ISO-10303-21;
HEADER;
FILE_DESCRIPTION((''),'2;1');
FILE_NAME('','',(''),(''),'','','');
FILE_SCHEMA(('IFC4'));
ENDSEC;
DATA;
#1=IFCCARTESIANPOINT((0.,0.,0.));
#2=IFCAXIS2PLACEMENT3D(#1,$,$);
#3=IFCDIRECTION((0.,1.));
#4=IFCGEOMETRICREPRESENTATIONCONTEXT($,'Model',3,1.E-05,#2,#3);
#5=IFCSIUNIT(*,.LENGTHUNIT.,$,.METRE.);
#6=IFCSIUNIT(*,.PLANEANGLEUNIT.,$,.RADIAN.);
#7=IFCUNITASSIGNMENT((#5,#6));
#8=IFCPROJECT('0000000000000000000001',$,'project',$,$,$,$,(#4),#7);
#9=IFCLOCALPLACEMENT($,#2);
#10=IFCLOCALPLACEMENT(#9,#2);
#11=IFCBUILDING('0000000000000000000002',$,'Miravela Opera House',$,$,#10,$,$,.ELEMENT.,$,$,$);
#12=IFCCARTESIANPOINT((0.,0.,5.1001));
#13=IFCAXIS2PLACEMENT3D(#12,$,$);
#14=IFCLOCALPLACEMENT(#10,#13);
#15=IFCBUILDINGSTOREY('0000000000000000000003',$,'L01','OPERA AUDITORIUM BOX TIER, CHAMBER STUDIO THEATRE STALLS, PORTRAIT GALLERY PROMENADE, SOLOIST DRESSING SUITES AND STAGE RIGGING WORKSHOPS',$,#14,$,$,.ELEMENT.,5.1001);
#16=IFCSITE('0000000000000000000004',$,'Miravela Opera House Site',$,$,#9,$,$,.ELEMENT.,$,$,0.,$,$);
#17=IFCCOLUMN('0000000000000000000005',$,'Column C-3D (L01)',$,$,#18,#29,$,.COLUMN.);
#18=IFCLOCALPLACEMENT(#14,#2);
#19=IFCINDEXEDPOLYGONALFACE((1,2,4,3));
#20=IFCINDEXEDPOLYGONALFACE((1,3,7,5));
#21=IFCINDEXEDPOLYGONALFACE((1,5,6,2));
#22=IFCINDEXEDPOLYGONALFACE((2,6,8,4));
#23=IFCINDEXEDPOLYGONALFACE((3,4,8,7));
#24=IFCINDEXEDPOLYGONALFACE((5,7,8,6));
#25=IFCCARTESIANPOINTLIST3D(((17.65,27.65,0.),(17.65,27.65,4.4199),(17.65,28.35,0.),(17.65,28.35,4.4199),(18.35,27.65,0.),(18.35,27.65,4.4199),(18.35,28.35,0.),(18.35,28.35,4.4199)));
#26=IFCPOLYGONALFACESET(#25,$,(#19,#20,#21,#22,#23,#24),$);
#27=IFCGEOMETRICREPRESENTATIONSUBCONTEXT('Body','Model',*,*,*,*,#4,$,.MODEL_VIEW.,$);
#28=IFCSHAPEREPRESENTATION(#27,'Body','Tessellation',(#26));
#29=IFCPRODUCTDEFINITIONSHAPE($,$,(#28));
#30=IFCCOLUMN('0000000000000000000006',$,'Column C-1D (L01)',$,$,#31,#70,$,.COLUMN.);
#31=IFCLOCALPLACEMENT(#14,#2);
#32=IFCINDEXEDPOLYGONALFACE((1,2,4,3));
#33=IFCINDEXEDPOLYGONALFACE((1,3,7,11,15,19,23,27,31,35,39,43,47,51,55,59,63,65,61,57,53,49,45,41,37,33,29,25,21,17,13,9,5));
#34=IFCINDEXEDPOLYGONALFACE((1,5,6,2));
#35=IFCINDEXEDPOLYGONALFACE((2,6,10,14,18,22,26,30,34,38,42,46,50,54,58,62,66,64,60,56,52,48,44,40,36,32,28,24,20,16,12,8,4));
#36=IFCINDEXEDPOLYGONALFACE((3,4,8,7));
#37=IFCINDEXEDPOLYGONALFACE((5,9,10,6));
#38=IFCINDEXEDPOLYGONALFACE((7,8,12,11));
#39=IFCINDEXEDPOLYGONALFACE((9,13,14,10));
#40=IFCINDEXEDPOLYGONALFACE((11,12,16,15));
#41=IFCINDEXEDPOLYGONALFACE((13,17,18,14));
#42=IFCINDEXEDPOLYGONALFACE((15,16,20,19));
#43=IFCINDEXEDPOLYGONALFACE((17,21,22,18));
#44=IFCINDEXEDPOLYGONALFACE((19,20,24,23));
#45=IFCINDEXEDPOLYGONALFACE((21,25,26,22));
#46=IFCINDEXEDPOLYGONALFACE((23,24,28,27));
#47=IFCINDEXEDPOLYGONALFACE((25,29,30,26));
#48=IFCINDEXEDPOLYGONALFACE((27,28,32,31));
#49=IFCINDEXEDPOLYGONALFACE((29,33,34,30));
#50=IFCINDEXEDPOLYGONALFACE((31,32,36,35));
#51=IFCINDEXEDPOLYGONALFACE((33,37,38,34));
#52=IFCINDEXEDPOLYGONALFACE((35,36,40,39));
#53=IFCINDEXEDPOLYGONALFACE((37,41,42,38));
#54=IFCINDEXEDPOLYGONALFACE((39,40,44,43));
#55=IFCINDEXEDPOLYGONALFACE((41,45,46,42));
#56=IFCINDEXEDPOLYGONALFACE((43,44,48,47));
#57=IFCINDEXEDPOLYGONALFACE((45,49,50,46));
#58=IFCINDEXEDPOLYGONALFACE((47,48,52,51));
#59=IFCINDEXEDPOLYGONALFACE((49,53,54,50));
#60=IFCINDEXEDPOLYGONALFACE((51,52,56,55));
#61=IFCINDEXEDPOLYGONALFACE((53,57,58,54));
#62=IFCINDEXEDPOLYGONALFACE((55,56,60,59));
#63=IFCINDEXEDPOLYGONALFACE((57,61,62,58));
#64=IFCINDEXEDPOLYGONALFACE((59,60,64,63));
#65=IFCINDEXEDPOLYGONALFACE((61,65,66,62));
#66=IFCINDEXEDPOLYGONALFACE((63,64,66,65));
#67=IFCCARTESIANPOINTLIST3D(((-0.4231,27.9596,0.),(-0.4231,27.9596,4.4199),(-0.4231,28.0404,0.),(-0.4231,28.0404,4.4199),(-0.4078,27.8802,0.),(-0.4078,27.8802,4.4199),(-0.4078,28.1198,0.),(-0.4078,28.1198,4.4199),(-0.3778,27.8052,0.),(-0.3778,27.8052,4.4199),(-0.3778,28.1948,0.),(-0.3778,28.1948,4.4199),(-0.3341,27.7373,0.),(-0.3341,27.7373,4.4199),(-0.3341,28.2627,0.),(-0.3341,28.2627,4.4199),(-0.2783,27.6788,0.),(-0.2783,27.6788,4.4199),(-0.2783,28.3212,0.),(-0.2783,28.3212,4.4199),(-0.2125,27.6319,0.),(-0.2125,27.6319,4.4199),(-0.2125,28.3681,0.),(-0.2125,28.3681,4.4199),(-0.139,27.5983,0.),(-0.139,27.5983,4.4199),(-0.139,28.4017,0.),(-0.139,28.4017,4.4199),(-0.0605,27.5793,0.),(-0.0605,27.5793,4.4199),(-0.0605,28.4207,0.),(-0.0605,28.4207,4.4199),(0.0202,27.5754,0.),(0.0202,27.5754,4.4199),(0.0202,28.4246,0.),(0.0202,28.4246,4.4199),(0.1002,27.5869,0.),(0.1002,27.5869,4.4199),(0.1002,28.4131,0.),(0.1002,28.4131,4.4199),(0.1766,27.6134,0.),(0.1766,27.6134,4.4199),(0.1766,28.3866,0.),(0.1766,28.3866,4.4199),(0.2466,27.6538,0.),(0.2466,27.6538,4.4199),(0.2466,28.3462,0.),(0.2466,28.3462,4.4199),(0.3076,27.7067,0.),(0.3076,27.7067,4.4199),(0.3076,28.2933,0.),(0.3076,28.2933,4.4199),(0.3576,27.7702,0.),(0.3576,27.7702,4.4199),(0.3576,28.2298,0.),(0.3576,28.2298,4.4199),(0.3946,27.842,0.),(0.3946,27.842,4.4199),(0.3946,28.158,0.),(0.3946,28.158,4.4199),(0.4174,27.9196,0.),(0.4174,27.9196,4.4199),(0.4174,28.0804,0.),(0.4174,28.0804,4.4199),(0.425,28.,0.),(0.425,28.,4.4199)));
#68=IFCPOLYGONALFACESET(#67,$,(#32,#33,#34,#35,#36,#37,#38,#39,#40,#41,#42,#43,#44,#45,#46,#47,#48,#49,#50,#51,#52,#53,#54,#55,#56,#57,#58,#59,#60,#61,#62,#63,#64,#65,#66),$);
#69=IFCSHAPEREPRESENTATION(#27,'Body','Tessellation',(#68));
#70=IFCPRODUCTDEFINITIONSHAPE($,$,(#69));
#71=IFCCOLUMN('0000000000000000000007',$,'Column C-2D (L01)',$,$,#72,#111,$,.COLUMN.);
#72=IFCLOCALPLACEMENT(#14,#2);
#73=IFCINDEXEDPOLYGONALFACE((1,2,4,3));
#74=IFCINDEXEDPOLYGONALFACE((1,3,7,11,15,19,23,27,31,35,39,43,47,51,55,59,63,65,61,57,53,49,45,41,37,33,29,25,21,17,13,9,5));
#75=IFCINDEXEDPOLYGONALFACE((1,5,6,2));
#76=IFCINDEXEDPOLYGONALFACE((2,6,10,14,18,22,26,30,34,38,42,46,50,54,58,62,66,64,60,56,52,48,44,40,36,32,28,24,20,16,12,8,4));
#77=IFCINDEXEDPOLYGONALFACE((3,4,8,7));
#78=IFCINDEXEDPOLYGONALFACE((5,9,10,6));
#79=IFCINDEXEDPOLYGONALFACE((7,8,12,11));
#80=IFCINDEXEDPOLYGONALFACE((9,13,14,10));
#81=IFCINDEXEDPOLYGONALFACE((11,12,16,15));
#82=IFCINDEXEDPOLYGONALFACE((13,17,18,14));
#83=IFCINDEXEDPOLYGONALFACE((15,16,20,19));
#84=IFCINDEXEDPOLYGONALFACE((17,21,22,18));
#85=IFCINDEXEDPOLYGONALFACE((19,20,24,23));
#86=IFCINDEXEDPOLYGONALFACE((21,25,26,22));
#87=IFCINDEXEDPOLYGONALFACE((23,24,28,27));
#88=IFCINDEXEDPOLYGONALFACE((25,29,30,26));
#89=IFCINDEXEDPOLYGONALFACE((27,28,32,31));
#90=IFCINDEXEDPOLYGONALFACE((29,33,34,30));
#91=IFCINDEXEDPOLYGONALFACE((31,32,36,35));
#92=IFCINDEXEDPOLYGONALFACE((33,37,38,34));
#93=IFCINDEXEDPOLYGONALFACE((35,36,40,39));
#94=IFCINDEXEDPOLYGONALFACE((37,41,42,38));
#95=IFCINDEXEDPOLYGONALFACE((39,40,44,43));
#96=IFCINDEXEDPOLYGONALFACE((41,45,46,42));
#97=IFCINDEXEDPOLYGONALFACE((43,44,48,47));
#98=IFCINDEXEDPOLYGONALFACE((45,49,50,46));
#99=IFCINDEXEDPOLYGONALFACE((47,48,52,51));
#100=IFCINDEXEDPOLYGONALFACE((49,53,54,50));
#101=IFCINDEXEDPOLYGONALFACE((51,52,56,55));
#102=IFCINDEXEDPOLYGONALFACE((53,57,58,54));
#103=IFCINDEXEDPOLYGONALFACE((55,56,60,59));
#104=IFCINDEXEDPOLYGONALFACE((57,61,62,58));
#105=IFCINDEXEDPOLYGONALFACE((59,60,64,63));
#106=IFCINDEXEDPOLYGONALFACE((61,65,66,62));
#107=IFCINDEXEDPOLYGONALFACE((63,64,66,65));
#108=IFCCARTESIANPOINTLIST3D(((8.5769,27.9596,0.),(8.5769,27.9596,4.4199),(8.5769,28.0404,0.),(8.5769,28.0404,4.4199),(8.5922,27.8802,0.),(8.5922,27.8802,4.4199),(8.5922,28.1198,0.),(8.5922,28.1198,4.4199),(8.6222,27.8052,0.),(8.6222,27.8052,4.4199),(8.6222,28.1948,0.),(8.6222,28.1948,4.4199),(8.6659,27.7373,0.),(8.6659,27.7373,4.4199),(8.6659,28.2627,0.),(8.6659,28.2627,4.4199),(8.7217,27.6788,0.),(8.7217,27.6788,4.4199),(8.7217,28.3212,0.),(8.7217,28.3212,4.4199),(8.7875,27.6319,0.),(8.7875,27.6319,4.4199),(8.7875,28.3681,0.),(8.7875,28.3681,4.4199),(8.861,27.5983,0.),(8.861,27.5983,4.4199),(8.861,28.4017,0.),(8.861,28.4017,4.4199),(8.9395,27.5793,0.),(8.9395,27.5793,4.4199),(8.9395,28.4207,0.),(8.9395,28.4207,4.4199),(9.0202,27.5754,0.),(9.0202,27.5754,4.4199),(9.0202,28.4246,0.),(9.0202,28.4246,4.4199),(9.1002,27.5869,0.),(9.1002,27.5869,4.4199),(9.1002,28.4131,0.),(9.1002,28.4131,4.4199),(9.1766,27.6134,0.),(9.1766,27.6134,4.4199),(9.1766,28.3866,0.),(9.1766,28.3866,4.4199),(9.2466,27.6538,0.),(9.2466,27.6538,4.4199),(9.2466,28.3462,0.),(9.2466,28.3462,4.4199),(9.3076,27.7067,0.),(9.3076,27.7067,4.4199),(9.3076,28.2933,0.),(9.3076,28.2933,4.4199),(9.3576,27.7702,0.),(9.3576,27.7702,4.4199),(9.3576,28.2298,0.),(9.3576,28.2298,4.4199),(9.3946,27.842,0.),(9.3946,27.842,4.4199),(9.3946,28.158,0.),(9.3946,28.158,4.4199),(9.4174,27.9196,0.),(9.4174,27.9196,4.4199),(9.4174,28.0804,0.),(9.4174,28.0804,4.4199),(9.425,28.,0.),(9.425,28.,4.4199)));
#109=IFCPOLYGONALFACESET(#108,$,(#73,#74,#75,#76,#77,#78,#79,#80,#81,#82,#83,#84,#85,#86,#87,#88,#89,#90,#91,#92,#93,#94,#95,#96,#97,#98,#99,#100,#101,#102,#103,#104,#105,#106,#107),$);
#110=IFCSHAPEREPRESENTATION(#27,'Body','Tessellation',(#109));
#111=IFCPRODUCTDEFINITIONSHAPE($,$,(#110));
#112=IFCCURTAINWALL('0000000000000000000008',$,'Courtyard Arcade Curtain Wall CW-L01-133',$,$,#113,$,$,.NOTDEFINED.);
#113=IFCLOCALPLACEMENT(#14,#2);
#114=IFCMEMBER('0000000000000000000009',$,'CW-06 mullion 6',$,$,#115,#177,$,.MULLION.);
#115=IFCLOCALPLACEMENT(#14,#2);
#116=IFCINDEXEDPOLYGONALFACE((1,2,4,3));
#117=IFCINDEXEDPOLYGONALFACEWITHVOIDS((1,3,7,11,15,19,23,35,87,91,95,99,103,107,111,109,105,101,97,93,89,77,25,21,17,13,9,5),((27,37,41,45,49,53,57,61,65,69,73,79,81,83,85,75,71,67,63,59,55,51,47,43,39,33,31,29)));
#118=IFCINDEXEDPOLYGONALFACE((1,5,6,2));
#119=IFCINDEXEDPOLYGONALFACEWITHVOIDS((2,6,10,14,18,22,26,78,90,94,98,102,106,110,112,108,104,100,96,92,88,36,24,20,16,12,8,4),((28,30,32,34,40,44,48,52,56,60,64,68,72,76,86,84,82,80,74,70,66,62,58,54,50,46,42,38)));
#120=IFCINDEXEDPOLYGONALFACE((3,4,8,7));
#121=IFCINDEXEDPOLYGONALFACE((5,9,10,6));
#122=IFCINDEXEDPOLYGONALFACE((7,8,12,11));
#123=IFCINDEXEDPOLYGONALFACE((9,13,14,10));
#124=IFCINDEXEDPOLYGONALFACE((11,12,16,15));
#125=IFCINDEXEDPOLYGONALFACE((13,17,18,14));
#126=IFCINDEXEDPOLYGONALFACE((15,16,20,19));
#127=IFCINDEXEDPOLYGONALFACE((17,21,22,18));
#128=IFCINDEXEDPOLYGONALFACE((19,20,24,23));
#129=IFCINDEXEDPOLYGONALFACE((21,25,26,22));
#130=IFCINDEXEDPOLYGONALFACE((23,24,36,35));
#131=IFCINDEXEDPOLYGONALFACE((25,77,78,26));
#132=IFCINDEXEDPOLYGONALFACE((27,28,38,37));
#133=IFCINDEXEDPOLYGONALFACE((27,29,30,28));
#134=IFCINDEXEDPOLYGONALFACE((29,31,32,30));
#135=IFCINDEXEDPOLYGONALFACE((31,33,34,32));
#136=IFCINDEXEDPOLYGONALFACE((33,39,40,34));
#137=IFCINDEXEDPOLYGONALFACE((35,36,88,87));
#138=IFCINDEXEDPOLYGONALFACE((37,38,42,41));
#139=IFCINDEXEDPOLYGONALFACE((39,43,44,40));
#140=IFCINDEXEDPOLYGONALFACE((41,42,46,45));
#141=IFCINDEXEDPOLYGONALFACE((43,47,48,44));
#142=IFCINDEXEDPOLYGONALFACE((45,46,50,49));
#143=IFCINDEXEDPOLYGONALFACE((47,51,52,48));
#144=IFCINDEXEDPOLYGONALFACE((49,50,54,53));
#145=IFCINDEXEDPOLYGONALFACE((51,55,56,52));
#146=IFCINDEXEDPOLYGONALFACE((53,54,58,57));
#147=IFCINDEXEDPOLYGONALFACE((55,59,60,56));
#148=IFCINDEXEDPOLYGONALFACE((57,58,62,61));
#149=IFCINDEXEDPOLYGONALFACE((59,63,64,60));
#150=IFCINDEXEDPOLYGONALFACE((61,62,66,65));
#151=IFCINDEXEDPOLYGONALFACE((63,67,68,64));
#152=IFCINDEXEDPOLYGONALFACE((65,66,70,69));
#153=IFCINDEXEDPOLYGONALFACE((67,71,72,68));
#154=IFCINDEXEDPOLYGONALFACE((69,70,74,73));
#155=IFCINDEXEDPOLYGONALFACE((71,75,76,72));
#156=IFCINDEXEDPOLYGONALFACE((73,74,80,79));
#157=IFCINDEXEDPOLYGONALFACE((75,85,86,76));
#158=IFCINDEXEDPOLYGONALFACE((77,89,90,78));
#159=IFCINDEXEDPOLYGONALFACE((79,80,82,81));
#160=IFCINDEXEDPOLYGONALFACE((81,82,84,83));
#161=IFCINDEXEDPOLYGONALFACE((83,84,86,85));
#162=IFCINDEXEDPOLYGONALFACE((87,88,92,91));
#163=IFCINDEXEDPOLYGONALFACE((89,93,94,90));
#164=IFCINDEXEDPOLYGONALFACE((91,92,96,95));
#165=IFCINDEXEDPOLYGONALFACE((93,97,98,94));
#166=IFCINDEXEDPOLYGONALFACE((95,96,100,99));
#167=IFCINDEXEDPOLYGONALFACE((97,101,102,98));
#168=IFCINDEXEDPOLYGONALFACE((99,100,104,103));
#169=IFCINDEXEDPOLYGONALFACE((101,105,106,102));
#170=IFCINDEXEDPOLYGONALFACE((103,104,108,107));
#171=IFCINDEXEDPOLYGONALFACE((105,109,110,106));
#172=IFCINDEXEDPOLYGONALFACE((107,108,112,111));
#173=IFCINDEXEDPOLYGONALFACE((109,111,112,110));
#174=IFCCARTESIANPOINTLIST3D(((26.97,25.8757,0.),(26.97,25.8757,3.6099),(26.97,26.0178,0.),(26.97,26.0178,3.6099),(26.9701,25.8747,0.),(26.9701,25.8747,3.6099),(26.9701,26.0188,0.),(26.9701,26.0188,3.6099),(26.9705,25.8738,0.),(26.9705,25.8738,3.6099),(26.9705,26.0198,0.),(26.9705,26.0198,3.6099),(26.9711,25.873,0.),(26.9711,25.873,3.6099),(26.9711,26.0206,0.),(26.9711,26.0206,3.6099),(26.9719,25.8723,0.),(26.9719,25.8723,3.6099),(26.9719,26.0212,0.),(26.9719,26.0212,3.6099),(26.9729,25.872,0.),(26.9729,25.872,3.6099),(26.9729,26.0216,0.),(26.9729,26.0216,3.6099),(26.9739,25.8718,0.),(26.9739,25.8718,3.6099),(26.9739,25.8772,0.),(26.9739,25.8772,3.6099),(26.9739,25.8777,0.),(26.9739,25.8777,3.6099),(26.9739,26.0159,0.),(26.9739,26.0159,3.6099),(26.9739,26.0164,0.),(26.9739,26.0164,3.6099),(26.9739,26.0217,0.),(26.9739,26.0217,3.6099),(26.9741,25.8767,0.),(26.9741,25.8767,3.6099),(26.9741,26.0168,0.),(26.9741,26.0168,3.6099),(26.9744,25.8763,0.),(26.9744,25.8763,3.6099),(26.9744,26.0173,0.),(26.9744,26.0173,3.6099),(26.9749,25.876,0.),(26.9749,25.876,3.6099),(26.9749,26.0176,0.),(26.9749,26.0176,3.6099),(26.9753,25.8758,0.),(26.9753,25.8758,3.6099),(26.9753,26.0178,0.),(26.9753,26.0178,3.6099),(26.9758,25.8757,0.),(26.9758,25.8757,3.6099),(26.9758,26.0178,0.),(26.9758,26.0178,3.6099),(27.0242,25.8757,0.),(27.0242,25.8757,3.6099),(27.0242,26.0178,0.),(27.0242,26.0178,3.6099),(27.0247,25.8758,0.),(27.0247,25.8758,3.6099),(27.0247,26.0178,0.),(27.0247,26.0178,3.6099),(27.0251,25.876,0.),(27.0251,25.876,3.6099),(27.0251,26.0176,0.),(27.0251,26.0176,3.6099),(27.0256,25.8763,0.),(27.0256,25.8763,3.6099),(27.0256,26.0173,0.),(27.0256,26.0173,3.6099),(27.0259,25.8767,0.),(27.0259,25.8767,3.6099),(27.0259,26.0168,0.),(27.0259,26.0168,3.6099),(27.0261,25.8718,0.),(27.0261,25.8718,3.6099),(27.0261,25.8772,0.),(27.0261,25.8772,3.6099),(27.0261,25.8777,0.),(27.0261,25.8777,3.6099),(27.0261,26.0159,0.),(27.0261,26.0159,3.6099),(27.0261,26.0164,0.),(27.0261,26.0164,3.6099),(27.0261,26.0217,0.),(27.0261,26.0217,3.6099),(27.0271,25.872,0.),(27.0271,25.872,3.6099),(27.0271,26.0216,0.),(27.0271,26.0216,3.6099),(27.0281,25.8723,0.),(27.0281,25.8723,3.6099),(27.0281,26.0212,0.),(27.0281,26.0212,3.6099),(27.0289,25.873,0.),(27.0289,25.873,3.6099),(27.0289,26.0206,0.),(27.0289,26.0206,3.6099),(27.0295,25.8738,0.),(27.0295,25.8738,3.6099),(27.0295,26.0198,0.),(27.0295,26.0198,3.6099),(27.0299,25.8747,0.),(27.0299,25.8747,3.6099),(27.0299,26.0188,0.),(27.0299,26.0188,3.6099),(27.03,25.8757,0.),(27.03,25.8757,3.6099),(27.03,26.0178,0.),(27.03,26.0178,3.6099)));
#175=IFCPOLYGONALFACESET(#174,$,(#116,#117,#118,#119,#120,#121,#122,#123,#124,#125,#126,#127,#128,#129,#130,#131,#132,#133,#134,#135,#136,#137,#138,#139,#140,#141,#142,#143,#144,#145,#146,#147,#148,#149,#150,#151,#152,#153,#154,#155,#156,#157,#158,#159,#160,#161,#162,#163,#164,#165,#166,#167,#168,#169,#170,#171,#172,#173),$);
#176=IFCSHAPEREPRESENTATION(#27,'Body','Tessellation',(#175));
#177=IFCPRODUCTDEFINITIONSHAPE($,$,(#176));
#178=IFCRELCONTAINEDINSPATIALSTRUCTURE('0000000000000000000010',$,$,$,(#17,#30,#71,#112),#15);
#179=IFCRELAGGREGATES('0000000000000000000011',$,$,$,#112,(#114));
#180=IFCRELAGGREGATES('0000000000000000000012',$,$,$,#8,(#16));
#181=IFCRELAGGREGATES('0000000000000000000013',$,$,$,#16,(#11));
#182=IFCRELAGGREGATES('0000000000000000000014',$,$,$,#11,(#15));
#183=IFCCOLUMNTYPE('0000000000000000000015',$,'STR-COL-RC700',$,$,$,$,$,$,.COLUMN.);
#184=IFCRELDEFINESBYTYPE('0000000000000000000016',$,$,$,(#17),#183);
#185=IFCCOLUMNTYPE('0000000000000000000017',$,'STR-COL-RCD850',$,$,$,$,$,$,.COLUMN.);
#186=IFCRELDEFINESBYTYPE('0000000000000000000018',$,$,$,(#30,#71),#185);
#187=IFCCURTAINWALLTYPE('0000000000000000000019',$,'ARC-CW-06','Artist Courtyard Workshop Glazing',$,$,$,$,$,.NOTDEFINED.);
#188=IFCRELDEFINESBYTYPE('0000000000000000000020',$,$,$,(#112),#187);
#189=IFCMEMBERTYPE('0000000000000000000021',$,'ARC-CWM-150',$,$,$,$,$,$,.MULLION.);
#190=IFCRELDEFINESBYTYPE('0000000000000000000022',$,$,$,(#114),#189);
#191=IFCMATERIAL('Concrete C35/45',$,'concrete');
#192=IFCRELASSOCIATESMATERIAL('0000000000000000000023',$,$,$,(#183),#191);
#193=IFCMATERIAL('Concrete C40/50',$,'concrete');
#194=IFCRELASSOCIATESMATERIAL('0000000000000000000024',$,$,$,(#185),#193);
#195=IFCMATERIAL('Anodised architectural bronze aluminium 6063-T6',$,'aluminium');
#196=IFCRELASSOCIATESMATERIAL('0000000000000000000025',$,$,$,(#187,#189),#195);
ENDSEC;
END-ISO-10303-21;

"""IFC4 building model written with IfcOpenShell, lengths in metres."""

from ifc_helpers import new_model, si_unit, direction, frame, origin, origin_2d, place, context, subcontext, project, spatial, rectangle, hollow_rectangle, circle, extrude, material, material_profile, profile_set, type_object, element, aggregate, save


model = new_model("IFC4")

# Units and contexts
model_context = context("Model", 3, precision=1e-05, world=origin(), true_north=direction((0.0, 1.0)))
body_context = subcontext(model_context, "Body", "Model", "MODEL_VIEW")
ifc_project = project(units=[si_unit("LENGTHUNIT", "METRE"), si_unit("PLANEANGLEUNIT", "RADIAN")], contexts=[model_context])

# Site, building, storey
site_placement = place(None, origin())
site = spatial("IfcSite", under=ifc_project, at=site_placement, Name="Miravela Opera House Site", CompositionType="ELEMENT", RefElevation=0.0)
building_placement = place(site_placement, origin())
building = spatial("IfcBuilding", under=site, at=building_placement, Name="Miravela Opera House", CompositionType="ELEMENT")
storey_placement = place(building_placement, frame((0.0, 0.0, 5.1001)))
storey = spatial("IfcBuildingStorey", under=building, at=storey_placement, Name="L01", Description="OPERA AUDITORIUM BOX TIER, CHAMBER STUDIO THEATRE STALLS, PORTRAIT GALLERY PROMENADE, SOLOIST DRESSING SUITES AND STAGE RIGGING WORKSHOPS", CompositionType="ELEMENT", Elevation=5.1001)

# Columns
ifc_material_1 = material(Name="Concrete C35/45", Category="concrete")
ifc_material_profile_1 = material_profile(ifc_material_1, rectangle(XDim=0.7, YDim=0.7, at=origin_2d()), Name="RC-COL-700X700")
ifc_profile_set_1 = profile_set([ifc_material_profile_1])
column_type_1 = type_object("IfcColumnType", Name="STR-COL-RC700", PredefinedType="COLUMN", material=ifc_profile_set_1)
column_placement = place(storey_placement, frame((18.0, 28.0, 0.0), z_axis=(0.0, 0.0, 1.0), x_axis=(1.0, 0.0, 0.0)))
element("IfcColumn", 1, at=column_placement, inside=storey, type_object=column_type_1, Name="Column C-3D (L01)", PredefinedType="COLUMN", context=body_context, shape_type="SweptSolid", body=[
    extrude(rectangle(XDim=0.7, YDim=0.7, at=origin_2d()), origin(), (0.0, 0.0, 1.0), 4.4199),
])
ifc_material_2 = material(Name="Concrete C40/50", Category="concrete")
ifc_material_profile_2 = material_profile(ifc_material_2, circle(Radius=0.425, at=origin_2d()), Name="RC-COL-D850")
ifc_profile_set_2 = profile_set([ifc_material_profile_2])
column_type_2 = type_object("IfcColumnType", Name="STR-COL-RCD850", PredefinedType="COLUMN", material=ifc_profile_set_2)
for number, where, z_axis, x_axis, name in (
    (2, (0.0, 28.0, 0.0), (0.0, 0.0, 1.0), (1.0, 0.0, 0.0), "Column C-1D (L01)"),
    (3, (9.0, 28.0, 0.0), (0.0, 0.0, 1.0), (1.0, 0.0, 0.0), "Column C-2D (L01)"),
):
    element("IfcColumn", number, at=place(storey_placement, frame(where, z_axis=z_axis, x_axis=x_axis)), inside=storey, type_object=column_type_2, Name=name, PredefinedType="COLUMN", context=body_context, shape_type="SweptSolid", body=[
        extrude(circle(Radius=0.425, at=origin_2d()), origin(), (0.0, 0.0, 1.0), 4.4199),
    ])

# Curtain wall, member
ifc_material_3 = material(Name="Anodised architectural bronze aluminium 6063-T6", Category="aluminium")
curtain_wall_type_1 = type_object("IfcCurtainWallType", Name="ARC-CW-06", Description="Artist Courtyard Workshop Glazing", PredefinedType="NOTDEFINED", material=ifc_material_3)
curtain_wall_1_placement = place(storey_placement, origin())
curtain_wall_1 = element("IfcCurtainWall", 4, at=curtain_wall_1_placement, inside=storey, type_object=curtain_wall_type_1, Name="Courtyard Arcade Curtain Wall CW-L01-133", PredefinedType="NOTDEFINED")
ifc_material_profile_3 = material_profile(ifc_material_3, hollow_rectangle(XDim=0.0601, YDim=0.1499, WallThickness=0.0039, InnerFilletRadius=0.002, OuterFilletRadius=0.0039, at=origin_2d()), Name="CWM-60X150")
ifc_profile_set_3 = profile_set([ifc_material_profile_3])
member_type_1 = type_object("IfcMemberType", Name="ARC-CWM-150", PredefinedType="MULLION", material=ifc_profile_set_3)
member_1_placement = place(storey_placement, frame((27.0, 25.9468, 0.0), z_axis=(0.0, 0.0, 1.0), x_axis=(-1.0, 0.0, 0.0)))
member_1 = element("IfcMember", 5, at=member_1_placement, type_object=member_type_1, Name="CW-06 mullion 6", PredefinedType="MULLION", context=body_context, shape_type="SweptSolid", body=[
    extrude(hollow_rectangle(XDim=0.0601, YDim=0.1499, WallThickness=0.0039, InnerFilletRadius=0.002, OuterFilletRadius=0.0039, at=origin_2d()), origin(), (0.0, 0.0, 1.0), 3.6099),
])

aggregate(curtain_wall_1, [member_1])

save(model, "model.ifc")
